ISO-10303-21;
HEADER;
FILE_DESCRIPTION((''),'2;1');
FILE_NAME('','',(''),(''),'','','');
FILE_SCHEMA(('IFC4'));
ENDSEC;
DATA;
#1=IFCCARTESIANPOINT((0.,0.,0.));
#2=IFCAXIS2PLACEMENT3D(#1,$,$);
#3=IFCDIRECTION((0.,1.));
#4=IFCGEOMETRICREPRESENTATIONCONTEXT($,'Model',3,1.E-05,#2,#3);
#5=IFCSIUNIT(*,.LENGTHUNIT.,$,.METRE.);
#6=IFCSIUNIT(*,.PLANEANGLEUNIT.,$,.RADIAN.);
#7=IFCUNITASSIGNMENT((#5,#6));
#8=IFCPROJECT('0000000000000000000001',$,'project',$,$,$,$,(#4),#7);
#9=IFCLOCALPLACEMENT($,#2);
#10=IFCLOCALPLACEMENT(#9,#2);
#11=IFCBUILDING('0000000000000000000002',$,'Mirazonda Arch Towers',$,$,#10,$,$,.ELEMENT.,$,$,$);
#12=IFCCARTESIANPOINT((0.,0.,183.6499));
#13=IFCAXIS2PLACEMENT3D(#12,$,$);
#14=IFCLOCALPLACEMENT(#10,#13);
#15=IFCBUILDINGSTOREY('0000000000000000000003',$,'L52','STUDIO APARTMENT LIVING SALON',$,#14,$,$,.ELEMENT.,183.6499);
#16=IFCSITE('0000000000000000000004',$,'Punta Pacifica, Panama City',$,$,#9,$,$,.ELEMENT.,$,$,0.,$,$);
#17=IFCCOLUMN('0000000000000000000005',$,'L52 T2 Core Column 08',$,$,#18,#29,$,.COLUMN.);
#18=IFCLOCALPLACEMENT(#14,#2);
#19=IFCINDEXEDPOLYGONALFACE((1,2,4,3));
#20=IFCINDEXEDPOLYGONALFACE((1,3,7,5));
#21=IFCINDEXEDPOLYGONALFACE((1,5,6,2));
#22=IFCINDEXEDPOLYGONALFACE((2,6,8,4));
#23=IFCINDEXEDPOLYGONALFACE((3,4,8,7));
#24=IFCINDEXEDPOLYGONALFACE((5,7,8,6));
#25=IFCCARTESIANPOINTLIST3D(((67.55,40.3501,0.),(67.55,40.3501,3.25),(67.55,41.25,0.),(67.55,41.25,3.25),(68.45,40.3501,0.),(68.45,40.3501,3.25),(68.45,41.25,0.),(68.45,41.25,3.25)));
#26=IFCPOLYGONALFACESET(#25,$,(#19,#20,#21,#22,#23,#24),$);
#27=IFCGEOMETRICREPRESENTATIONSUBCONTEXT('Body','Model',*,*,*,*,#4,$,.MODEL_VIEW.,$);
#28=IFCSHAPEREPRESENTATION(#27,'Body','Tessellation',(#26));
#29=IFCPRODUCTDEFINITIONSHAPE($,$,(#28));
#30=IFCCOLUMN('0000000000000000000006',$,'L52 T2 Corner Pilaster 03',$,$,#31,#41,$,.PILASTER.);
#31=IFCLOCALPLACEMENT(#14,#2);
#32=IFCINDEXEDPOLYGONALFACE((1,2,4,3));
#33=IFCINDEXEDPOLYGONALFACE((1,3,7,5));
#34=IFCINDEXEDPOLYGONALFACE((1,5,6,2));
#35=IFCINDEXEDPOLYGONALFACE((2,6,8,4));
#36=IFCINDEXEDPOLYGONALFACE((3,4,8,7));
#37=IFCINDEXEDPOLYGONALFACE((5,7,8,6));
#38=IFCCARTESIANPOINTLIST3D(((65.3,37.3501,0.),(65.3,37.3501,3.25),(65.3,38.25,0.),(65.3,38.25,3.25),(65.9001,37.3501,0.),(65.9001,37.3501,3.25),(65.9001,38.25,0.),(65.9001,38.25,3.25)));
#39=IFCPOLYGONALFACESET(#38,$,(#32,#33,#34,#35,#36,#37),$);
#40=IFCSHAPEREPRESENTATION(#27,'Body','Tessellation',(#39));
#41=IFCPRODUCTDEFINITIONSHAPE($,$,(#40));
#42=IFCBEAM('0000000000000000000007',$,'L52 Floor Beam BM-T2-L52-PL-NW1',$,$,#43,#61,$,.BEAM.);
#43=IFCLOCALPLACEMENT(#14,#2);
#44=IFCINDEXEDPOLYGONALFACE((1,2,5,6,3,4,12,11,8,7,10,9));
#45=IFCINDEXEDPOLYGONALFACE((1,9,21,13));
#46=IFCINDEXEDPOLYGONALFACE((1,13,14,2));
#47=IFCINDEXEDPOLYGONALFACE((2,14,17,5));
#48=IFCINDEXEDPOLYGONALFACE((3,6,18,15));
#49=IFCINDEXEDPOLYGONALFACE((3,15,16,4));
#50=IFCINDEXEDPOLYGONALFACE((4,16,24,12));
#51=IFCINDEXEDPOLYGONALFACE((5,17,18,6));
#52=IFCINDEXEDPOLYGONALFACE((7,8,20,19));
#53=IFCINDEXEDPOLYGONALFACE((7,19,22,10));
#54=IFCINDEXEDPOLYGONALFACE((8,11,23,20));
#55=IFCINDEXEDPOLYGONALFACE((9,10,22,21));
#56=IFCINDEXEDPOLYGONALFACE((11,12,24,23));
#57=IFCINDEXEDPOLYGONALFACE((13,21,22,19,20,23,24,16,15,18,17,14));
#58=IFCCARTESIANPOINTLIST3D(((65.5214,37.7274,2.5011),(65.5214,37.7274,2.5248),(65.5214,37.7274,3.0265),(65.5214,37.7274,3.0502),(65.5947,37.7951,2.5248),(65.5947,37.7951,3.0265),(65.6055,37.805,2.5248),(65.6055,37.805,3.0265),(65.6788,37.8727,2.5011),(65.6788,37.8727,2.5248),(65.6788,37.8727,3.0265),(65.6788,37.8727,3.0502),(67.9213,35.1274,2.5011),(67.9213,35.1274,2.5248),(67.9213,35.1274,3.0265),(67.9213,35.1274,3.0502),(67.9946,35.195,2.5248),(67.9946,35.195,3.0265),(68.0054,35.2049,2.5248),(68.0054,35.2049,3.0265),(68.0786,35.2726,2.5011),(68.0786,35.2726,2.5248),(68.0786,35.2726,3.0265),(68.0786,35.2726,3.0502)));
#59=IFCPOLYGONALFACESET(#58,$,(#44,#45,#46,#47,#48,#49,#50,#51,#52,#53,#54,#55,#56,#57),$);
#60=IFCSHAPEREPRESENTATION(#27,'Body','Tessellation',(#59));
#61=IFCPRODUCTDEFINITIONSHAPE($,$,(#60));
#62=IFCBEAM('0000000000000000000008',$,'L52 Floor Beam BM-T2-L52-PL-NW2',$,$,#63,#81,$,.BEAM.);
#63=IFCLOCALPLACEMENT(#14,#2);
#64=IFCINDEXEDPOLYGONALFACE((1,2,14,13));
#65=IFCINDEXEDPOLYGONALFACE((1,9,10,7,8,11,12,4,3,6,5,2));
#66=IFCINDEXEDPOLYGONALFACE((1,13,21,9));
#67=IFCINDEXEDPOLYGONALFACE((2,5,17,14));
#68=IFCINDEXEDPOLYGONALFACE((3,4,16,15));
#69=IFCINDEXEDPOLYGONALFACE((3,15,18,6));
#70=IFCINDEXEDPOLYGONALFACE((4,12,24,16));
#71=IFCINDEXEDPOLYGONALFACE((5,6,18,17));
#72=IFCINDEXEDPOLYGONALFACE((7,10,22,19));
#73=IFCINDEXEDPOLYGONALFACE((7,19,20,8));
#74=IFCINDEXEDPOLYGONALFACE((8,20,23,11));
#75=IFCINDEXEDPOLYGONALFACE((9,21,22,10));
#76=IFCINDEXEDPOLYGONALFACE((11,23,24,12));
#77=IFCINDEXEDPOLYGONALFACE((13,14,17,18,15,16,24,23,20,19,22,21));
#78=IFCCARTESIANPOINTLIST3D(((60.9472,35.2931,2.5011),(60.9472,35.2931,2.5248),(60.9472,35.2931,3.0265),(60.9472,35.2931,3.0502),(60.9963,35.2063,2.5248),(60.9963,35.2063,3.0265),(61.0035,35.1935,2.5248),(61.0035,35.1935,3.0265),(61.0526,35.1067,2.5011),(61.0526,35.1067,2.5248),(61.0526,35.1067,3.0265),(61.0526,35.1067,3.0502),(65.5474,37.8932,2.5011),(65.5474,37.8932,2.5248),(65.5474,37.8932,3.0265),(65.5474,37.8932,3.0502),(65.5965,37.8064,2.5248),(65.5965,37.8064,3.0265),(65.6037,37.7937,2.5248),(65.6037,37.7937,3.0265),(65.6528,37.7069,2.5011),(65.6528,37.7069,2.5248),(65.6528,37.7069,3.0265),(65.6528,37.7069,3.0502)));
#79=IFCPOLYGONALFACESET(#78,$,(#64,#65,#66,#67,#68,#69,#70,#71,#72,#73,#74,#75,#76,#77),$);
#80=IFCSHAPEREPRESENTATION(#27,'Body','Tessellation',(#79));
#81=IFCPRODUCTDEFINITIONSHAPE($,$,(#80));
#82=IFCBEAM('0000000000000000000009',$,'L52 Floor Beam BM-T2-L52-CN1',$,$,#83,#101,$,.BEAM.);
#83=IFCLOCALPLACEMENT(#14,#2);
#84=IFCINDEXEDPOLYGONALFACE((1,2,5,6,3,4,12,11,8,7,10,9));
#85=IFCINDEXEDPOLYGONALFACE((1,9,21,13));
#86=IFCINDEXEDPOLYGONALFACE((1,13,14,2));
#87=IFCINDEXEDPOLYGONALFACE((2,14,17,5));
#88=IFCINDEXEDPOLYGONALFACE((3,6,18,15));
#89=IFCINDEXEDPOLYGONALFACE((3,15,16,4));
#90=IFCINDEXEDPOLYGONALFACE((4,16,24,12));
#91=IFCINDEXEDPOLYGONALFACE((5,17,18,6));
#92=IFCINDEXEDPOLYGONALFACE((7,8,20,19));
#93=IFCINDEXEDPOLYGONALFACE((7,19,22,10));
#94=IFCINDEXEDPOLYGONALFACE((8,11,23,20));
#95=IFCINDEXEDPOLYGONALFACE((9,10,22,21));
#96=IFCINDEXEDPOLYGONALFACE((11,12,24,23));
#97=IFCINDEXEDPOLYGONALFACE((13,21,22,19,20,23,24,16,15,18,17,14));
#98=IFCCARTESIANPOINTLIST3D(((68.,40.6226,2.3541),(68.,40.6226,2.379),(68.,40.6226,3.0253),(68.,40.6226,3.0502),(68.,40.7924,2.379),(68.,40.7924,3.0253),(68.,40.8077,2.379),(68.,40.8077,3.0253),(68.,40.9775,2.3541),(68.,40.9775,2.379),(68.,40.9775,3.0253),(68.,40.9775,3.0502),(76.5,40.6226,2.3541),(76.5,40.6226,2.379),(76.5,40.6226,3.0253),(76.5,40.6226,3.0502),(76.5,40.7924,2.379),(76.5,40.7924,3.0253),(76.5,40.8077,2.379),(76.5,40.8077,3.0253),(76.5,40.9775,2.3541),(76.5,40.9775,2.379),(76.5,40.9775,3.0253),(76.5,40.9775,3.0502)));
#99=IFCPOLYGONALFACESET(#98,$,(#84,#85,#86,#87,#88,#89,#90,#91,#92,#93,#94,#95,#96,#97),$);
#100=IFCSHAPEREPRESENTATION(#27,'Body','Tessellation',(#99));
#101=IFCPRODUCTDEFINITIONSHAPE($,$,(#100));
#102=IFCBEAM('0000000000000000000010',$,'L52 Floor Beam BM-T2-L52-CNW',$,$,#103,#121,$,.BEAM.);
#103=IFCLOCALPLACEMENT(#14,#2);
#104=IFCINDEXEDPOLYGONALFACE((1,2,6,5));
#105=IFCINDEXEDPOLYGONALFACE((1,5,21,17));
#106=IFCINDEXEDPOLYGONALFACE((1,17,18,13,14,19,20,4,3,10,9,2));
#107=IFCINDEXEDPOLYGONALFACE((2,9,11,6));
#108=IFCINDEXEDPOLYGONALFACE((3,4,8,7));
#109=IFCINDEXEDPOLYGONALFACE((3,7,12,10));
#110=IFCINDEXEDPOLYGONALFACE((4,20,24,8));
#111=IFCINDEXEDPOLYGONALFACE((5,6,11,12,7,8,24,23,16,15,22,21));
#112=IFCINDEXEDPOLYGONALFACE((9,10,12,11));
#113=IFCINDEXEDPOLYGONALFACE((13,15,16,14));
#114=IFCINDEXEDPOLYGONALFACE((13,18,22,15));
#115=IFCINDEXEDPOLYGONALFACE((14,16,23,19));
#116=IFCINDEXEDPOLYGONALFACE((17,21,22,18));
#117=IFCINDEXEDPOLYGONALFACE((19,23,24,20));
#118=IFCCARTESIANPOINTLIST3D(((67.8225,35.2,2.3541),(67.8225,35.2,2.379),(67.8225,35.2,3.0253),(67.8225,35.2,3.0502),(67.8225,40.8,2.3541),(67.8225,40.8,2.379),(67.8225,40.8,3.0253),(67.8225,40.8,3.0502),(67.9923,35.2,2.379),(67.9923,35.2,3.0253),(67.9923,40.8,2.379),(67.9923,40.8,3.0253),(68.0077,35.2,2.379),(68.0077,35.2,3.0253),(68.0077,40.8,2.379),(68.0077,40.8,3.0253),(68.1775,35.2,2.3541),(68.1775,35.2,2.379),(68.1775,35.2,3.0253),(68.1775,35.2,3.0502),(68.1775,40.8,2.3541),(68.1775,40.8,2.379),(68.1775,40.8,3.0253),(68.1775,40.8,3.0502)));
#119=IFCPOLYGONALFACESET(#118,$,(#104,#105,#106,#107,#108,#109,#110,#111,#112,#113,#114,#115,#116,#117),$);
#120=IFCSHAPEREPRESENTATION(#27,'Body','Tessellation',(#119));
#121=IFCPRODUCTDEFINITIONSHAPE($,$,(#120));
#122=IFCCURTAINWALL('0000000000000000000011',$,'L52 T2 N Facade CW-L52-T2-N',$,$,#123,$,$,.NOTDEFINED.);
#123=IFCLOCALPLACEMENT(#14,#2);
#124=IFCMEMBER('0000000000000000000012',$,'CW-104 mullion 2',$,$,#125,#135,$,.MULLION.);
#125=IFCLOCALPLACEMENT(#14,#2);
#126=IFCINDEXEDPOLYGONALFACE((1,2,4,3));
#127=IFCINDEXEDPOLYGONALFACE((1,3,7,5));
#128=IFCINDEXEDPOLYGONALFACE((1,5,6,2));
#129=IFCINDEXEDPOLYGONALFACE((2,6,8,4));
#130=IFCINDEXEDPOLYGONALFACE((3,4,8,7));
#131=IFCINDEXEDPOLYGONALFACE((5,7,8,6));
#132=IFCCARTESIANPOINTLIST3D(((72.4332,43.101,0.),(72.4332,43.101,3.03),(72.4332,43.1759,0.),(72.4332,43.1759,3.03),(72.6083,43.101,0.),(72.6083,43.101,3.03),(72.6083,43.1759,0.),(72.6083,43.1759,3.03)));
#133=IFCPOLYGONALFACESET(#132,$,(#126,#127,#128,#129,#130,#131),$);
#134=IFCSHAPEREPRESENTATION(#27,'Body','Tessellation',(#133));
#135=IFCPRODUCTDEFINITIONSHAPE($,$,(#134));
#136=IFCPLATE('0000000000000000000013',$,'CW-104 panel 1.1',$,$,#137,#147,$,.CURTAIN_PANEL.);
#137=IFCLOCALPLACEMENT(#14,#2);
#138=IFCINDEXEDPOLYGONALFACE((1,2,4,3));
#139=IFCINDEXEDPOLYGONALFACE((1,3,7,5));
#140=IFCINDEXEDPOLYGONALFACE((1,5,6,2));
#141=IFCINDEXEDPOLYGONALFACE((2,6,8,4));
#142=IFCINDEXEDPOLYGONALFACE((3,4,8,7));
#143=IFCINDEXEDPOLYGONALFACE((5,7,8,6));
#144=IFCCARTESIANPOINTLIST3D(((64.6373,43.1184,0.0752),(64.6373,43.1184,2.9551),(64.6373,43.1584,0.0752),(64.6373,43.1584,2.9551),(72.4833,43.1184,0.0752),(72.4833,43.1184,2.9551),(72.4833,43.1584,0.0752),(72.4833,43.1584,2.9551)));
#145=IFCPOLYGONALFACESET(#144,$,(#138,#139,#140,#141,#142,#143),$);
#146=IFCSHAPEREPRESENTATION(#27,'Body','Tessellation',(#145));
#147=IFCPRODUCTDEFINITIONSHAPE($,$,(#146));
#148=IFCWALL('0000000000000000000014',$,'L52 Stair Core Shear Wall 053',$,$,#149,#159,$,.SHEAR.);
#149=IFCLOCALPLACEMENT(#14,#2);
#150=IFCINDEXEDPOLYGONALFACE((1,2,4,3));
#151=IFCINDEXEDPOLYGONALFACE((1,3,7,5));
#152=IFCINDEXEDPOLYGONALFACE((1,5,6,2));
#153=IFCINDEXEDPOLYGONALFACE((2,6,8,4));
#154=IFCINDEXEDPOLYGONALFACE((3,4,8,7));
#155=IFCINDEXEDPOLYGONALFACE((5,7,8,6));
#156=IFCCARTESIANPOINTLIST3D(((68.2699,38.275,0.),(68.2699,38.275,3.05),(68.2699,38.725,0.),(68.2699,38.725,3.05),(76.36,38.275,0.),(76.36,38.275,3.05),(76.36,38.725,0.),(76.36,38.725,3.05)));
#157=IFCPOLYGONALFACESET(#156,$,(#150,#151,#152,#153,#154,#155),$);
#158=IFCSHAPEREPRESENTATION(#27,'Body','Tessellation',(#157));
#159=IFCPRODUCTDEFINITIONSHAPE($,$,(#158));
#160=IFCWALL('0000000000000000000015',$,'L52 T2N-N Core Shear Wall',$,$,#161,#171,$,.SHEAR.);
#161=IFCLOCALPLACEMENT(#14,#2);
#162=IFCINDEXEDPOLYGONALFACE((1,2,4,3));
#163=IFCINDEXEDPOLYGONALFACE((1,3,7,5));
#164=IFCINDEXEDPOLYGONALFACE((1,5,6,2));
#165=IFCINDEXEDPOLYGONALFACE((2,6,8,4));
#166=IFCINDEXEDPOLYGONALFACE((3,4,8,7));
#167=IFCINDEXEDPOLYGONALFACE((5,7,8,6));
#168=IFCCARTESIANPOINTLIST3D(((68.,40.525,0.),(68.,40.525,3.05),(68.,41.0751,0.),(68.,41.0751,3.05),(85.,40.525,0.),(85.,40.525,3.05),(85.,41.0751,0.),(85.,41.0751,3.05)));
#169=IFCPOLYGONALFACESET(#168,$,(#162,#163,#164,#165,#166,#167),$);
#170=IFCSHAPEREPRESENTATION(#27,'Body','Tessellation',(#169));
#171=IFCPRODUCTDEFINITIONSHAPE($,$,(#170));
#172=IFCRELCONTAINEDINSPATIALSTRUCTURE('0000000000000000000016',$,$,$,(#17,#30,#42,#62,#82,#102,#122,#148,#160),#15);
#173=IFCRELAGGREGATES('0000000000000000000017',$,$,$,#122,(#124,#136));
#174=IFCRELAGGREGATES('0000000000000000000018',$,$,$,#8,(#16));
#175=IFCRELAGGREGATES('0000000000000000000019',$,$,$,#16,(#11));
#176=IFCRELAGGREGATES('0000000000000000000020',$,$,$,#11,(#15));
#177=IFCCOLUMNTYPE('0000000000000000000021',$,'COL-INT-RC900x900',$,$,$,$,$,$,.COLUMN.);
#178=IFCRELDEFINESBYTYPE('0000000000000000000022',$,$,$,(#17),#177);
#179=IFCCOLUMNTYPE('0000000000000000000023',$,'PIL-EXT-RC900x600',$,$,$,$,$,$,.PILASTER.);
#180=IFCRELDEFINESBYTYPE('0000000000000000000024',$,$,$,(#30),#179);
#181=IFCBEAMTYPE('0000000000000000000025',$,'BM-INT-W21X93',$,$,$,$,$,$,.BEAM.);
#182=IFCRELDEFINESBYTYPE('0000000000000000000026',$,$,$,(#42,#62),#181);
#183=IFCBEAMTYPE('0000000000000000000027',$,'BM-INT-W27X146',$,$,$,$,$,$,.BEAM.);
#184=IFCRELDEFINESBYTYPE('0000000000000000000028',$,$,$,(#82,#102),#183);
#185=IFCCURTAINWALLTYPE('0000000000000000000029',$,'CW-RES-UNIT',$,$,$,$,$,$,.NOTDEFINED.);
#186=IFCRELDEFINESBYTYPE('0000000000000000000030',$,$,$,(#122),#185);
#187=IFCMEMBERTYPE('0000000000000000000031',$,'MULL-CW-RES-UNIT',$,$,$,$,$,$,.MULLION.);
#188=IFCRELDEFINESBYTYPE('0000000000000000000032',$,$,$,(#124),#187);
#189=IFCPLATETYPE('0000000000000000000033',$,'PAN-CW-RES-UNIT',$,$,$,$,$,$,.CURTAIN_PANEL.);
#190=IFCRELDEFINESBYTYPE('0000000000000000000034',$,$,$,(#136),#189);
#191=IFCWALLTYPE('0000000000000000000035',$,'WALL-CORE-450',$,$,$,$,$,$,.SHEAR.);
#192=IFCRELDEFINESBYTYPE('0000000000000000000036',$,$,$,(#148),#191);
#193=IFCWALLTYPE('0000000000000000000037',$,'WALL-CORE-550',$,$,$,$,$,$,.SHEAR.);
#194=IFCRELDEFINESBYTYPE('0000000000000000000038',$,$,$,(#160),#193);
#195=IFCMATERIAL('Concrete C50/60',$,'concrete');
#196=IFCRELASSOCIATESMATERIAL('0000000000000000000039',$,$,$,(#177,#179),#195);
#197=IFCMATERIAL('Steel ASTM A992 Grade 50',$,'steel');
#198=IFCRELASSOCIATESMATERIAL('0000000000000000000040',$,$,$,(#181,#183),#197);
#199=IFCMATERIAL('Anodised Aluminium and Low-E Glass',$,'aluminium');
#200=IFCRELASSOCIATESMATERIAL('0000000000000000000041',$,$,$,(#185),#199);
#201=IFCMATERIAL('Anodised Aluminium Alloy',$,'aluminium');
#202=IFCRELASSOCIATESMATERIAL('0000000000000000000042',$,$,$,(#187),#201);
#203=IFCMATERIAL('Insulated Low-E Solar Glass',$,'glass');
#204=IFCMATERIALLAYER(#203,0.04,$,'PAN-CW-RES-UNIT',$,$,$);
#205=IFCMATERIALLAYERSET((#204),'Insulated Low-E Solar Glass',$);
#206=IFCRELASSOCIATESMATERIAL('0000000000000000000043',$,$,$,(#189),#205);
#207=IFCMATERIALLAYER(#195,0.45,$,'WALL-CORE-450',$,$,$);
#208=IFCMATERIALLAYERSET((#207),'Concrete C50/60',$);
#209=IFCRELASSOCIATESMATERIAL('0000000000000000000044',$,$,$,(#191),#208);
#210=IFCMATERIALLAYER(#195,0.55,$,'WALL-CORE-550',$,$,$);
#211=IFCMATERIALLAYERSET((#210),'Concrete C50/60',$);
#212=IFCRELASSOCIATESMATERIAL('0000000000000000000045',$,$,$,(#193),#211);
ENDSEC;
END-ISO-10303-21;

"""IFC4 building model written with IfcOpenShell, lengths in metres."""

from ifc_helpers import new_model, si_unit, direction, frame, frame_2d, origin, origin_2d, place, context, subcontext, project, spatial, rectangle, i_section, extrude, material, layer, layer_set, material_profile, profile_set, type_object, element, aggregate, save


model = new_model("IFC4")

# Units and contexts
model_context = context("Model", 3, precision=1e-05, world=origin(), true_north=direction((0.0, 1.0)))
body_context = subcontext(model_context, "Body", "Model", "MODEL_VIEW")
ifc_project = project(units=[si_unit("LENGTHUNIT", "METRE"), si_unit("PLANEANGLEUNIT", "RADIAN")], contexts=[model_context])

# Site, building, storey
site_placement = place(None, origin())
site = spatial("IfcSite", under=ifc_project, at=site_placement, Name="Punta Pacifica, Panama City", CompositionType="ELEMENT", RefElevation=0.0)
building_placement = place(site_placement, origin())
building = spatial("IfcBuilding", under=site, at=building_placement, Name="Mirazonda Arch Towers", CompositionType="ELEMENT")
storey_placement = place(building_placement, frame((0.0, 0.0, 183.6499)))
storey = spatial("IfcBuildingStorey", under=building, at=storey_placement, Name="L52", Description="STUDIO APARTMENT LIVING SALON", CompositionType="ELEMENT", Elevation=183.6499)

# Columns
ifc_material_1 = material(Name="Concrete C50/60", Category="concrete")
ifc_material_profile_1 = material_profile(ifc_material_1, rectangle(XDim=0.8999, YDim=0.8999, at=origin_2d()), Name="RC900x900")
ifc_profile_set_1 = profile_set([ifc_material_profile_1], Name="Concrete C50/60")
column_type_1 = type_object("IfcColumnType", Name="COL-INT-RC900x900", PredefinedType="COLUMN", material=ifc_profile_set_1)
column_1_placement = place(storey_placement, frame((68.0, 40.8, 0.0), z_axis=(0.0, 0.0, 1.0), x_axis=(1.0, 0.0, 0.0)))
element("IfcColumn", 1, at=column_1_placement, inside=storey, type_object=column_type_1, Name="L52 T2 Core Column 08", PredefinedType="COLUMN", context=body_context, shape_type="SweptSolid", body=[
    extrude(rectangle(XDim=0.8999, YDim=0.8999, at=origin_2d()), origin(), (0.0, 0.0, 1.0), 3.25),
])
ifc_material_profile_2 = material_profile(ifc_material_1, rectangle(XDim=0.6001, YDim=0.8999, at=origin_2d()), Name="RC900x600")
ifc_profile_set_2 = profile_set([ifc_material_profile_2], Name="Concrete C50/60")
column_type_2 = type_object("IfcColumnType", Name="PIL-EXT-RC900x600", PredefinedType="PILASTER", material=ifc_profile_set_2)
column_2_placement = place(storey_placement, frame((65.6001, 37.8, 0.0), z_axis=(0.0, 0.0, 1.0), x_axis=(1.0, 0.0, 0.0)))
element("IfcColumn", 2, at=column_2_placement, inside=storey, type_object=column_type_2, Name="L52 T2 Corner Pilaster 03", PredefinedType="PILASTER", context=body_context, shape_type="SweptSolid", body=[
    extrude(rectangle(XDim=0.6001, YDim=0.8999, at=origin_2d()), origin(), (0.0, 0.0, 1.0), 3.25),
])

# Beams
ifc_material_2 = material(Name="Steel ASTM A992 Grade 50", Category="steel")
ifc_material_profile_3 = material_profile(ifc_material_2, i_section(OverallWidth=0.2141, OverallDepth=0.5491, WebThickness=0.0146, FlangeThickness=0.0237, at=origin_2d()), Name="W21X93")
ifc_profile_set_3 = profile_set([ifc_material_profile_3], Name="Steel ASTM A992 Grade 50")
beam_type_1 = type_object("IfcBeamType", Name="BM-INT-W21X93", PredefinedType="BEAM", material=ifc_profile_set_3)
beam_1_placement = place(storey_placement, frame((65.6001, 37.8, 2.7756), z_axis=(0.678251, -0.73483, 0.0), x_axis=(0.73483, 0.678251, 0.0)))
element("IfcBeam", 3, at=beam_1_placement, inside=storey, type_object=beam_type_1, Name="L52 Floor Beam BM-T2-L52-PL-NW1", PredefinedType="BEAM", context=body_context, shape_type="SweptSolid", body=[
    extrude(i_section(OverallWidth=0.2141, OverallDepth=0.5491, WebThickness=0.0146, FlangeThickness=0.0237, at=origin_2d()), origin(), (0.0, 0.0, 1.0), 3.5383),
])
beam_2_placement = place(storey_placement, frame((65.6001, 37.8, 2.7756), z_axis=(-0.870559, -0.492063, 0.0), x_axis=(0.492063, -0.870559, 0.0)))
element("IfcBeam", 4, at=beam_2_placement, inside=storey, type_object=beam_type_1, Name="L52 Floor Beam BM-T2-L52-PL-NW2", PredefinedType="BEAM", context=body_context, shape_type="SweptSolid", body=[
    extrude(i_section(OverallWidth=0.2141, OverallDepth=0.5491, WebThickness=0.0146, FlangeThickness=0.0237, at=origin_2d()), origin(), (0.0, 0.0, 1.0), 5.2842),
])
ifc_material_profile_4 = material_profile(ifc_material_2, i_section(OverallWidth=0.355, OverallDepth=0.696, WebThickness=0.0154, FlangeThickness=0.0249, at=origin_2d()), Name="W27X146")
ifc_profile_set_4 = profile_set([ifc_material_profile_4], Name="Steel ASTM A992 Grade 50")
beam_type_2 = type_object("IfcBeamType", Name="BM-INT-W27X146", PredefinedType="BEAM", material=ifc_profile_set_4)
beam_3_placement = place(storey_placement, frame((68.0, 40.8, 2.7021), z_axis=(1.0, 0.0, 0.0), x_axis=(0.0, 1.0, 0.0)))
element("IfcBeam", 5, at=beam_3_placement, inside=storey, type_object=beam_type_2, Name="L52 Floor Beam BM-T2-L52-CN1", PredefinedType="BEAM", context=body_context, shape_type="SweptSolid", body=[
    extrude(i_section(OverallWidth=0.355, OverallDepth=0.696, WebThickness=0.0154, FlangeThickness=0.0249, at=origin_2d()), origin(), (0.0, 0.0, 1.0), 8.5),
])
beam_4_placement = place(storey_placement, frame((68.0, 35.2, 2.7021), z_axis=(0.0, 1.0, 0.0), x_axis=(-1.0, 0.0, 0.0)))
element("IfcBeam", 6, at=beam_4_placement, inside=storey, type_object=beam_type_2, Name="L52 Floor Beam BM-T2-L52-CNW", PredefinedType="BEAM", context=body_context, shape_type="SweptSolid", body=[
    extrude(i_section(OverallWidth=0.355, OverallDepth=0.696, WebThickness=0.0154, FlangeThickness=0.0249, at=origin_2d()), origin(), (0.0, 0.0, 1.0), 5.6001),
])

# Curtain wall, member, plate
ifc_material_3 = material(Name="Anodised Aluminium and Low-E Glass", Category="aluminium")
curtain_wall_type = type_object("IfcCurtainWallType", Name="CW-RES-UNIT", PredefinedType="NOTDEFINED", material=ifc_material_3)
curtain_wall_placement = place(storey_placement, origin())
curtain_wall = element("IfcCurtainWall", 7, at=curtain_wall_placement, inside=storey, type_object=curtain_wall_type, Name="L52 T2 N Facade CW-L52-T2-N", PredefinedType="NOTDEFINED")
ifc_material_4 = material(Name="Anodised Aluminium Alloy", Category="aluminium")
ifc_material_profile_5 = material_profile(ifc_material_4, rectangle(XDim=0.075, YDim=0.175, at=origin_2d()), Name="ALU-MULL-75x175")
ifc_profile_set_5 = profile_set([ifc_material_profile_5], Name="Anodised Aluminium Alloy")
member_type = type_object("IfcMemberType", Name="MULL-CW-RES-UNIT", PredefinedType="MULLION", material=ifc_profile_set_5)
member_placement = place(storey_placement, frame((72.5208, 43.1384, 0.0), z_axis=(0.0, 0.0, 1.0), x_axis=(0.0, 1.0, 0.0)))
member = element("IfcMember", 8, at=member_placement, type_object=member_type, Name="CW-104 mullion 2", PredefinedType="MULLION", context=body_context, shape_type="SweptSolid", body=[
    extrude(rectangle(XDim=0.075, YDim=0.175, at=origin_2d()), origin(), (0.0, 0.0, 1.0), 3.03),
])
ifc_material_5 = material(Name="Insulated Low-E Solar Glass", Category="glass")
ifc_layer_1 = layer(ifc_material_5, 0.04, Name="PAN-CW-RES-UNIT")
ifc_layer_set_1 = layer_set([ifc_layer_1], Name="Insulated Low-E Solar Glass")
plate_type = type_object("IfcPlateType", Name="PAN-CW-RES-UNIT", PredefinedType="CURTAIN_PANEL", material=ifc_layer_set_1)
plate_placement = place(storey_placement, frame((68.5603, 43.1384, 0.0752), z_axis=(0.0, 0.0, 1.0), x_axis=(1.0, 0.0, 0.0)))
plate = element("IfcPlate", 9, at=plate_placement, type_object=plate_type, Name="CW-104 panel 1.1", PredefinedType="CURTAIN_PANEL", context=body_context, shape_type="SweptSolid", body=[
    extrude(rectangle(XDim=7.8459, YDim=0.04, at=origin_2d()), origin(), (0.0, 0.0, 1.0), 2.8799),
])
aggregate(curtain_wall, [member, plate])

# Walls
ifc_layer_2 = layer(ifc_material_1, 0.45, Name="WALL-CORE-450")
ifc_layer_set_2 = layer_set([ifc_layer_2], Name="Concrete C50/60")
wall_type_1 = type_object("IfcWallType", Name="WALL-CORE-450", PredefinedType="SHEAR", material=ifc_layer_set_2)
wall_1_placement = place(storey_placement, frame((68.27, 38.5, 0.0), z_axis=(0.0, 0.0, 1.0), x_axis=(1.0, 0.0, 0.0)))
element("IfcWall", 10, at=wall_1_placement, inside=storey, type_object=wall_type_1, Name="L52 Stair Core Shear Wall 053", PredefinedType="SHEAR", context=body_context, shape_type="SweptSolid", body=[
    extrude(rectangle(XDim=8.0901, YDim=0.45, at=frame_2d((4.0449, 0.0))), origin(), (0.0, 0.0, 1.0), 3.05),
])
ifc_layer_3 = layer(ifc_material_1, 0.55, Name="WALL-CORE-550")
ifc_layer_set_3 = layer_set([ifc_layer_3], Name="Concrete C50/60")
wall_type_2 = type_object("IfcWallType", Name="WALL-CORE-550", PredefinedType="SHEAR", material=ifc_layer_set_3)
wall_2_placement = place(storey_placement, frame((68.0, 40.8, 0.0), z_axis=(0.0, 0.0, 1.0), x_axis=(1.0, 0.0, 0.0)))
element("IfcWall", 11, at=wall_2_placement, inside=storey, type_object=wall_type_2, Name="L52 T2N-N Core Shear Wall", PredefinedType="SHEAR", context=body_context, shape_type="SweptSolid", body=[
    extrude(rectangle(XDim=17.0, YDim=0.55, at=frame_2d((8.5, 0.0))), origin(), (0.0, 0.0, 1.0), 3.05),
])

save(model, "model.ifc")
